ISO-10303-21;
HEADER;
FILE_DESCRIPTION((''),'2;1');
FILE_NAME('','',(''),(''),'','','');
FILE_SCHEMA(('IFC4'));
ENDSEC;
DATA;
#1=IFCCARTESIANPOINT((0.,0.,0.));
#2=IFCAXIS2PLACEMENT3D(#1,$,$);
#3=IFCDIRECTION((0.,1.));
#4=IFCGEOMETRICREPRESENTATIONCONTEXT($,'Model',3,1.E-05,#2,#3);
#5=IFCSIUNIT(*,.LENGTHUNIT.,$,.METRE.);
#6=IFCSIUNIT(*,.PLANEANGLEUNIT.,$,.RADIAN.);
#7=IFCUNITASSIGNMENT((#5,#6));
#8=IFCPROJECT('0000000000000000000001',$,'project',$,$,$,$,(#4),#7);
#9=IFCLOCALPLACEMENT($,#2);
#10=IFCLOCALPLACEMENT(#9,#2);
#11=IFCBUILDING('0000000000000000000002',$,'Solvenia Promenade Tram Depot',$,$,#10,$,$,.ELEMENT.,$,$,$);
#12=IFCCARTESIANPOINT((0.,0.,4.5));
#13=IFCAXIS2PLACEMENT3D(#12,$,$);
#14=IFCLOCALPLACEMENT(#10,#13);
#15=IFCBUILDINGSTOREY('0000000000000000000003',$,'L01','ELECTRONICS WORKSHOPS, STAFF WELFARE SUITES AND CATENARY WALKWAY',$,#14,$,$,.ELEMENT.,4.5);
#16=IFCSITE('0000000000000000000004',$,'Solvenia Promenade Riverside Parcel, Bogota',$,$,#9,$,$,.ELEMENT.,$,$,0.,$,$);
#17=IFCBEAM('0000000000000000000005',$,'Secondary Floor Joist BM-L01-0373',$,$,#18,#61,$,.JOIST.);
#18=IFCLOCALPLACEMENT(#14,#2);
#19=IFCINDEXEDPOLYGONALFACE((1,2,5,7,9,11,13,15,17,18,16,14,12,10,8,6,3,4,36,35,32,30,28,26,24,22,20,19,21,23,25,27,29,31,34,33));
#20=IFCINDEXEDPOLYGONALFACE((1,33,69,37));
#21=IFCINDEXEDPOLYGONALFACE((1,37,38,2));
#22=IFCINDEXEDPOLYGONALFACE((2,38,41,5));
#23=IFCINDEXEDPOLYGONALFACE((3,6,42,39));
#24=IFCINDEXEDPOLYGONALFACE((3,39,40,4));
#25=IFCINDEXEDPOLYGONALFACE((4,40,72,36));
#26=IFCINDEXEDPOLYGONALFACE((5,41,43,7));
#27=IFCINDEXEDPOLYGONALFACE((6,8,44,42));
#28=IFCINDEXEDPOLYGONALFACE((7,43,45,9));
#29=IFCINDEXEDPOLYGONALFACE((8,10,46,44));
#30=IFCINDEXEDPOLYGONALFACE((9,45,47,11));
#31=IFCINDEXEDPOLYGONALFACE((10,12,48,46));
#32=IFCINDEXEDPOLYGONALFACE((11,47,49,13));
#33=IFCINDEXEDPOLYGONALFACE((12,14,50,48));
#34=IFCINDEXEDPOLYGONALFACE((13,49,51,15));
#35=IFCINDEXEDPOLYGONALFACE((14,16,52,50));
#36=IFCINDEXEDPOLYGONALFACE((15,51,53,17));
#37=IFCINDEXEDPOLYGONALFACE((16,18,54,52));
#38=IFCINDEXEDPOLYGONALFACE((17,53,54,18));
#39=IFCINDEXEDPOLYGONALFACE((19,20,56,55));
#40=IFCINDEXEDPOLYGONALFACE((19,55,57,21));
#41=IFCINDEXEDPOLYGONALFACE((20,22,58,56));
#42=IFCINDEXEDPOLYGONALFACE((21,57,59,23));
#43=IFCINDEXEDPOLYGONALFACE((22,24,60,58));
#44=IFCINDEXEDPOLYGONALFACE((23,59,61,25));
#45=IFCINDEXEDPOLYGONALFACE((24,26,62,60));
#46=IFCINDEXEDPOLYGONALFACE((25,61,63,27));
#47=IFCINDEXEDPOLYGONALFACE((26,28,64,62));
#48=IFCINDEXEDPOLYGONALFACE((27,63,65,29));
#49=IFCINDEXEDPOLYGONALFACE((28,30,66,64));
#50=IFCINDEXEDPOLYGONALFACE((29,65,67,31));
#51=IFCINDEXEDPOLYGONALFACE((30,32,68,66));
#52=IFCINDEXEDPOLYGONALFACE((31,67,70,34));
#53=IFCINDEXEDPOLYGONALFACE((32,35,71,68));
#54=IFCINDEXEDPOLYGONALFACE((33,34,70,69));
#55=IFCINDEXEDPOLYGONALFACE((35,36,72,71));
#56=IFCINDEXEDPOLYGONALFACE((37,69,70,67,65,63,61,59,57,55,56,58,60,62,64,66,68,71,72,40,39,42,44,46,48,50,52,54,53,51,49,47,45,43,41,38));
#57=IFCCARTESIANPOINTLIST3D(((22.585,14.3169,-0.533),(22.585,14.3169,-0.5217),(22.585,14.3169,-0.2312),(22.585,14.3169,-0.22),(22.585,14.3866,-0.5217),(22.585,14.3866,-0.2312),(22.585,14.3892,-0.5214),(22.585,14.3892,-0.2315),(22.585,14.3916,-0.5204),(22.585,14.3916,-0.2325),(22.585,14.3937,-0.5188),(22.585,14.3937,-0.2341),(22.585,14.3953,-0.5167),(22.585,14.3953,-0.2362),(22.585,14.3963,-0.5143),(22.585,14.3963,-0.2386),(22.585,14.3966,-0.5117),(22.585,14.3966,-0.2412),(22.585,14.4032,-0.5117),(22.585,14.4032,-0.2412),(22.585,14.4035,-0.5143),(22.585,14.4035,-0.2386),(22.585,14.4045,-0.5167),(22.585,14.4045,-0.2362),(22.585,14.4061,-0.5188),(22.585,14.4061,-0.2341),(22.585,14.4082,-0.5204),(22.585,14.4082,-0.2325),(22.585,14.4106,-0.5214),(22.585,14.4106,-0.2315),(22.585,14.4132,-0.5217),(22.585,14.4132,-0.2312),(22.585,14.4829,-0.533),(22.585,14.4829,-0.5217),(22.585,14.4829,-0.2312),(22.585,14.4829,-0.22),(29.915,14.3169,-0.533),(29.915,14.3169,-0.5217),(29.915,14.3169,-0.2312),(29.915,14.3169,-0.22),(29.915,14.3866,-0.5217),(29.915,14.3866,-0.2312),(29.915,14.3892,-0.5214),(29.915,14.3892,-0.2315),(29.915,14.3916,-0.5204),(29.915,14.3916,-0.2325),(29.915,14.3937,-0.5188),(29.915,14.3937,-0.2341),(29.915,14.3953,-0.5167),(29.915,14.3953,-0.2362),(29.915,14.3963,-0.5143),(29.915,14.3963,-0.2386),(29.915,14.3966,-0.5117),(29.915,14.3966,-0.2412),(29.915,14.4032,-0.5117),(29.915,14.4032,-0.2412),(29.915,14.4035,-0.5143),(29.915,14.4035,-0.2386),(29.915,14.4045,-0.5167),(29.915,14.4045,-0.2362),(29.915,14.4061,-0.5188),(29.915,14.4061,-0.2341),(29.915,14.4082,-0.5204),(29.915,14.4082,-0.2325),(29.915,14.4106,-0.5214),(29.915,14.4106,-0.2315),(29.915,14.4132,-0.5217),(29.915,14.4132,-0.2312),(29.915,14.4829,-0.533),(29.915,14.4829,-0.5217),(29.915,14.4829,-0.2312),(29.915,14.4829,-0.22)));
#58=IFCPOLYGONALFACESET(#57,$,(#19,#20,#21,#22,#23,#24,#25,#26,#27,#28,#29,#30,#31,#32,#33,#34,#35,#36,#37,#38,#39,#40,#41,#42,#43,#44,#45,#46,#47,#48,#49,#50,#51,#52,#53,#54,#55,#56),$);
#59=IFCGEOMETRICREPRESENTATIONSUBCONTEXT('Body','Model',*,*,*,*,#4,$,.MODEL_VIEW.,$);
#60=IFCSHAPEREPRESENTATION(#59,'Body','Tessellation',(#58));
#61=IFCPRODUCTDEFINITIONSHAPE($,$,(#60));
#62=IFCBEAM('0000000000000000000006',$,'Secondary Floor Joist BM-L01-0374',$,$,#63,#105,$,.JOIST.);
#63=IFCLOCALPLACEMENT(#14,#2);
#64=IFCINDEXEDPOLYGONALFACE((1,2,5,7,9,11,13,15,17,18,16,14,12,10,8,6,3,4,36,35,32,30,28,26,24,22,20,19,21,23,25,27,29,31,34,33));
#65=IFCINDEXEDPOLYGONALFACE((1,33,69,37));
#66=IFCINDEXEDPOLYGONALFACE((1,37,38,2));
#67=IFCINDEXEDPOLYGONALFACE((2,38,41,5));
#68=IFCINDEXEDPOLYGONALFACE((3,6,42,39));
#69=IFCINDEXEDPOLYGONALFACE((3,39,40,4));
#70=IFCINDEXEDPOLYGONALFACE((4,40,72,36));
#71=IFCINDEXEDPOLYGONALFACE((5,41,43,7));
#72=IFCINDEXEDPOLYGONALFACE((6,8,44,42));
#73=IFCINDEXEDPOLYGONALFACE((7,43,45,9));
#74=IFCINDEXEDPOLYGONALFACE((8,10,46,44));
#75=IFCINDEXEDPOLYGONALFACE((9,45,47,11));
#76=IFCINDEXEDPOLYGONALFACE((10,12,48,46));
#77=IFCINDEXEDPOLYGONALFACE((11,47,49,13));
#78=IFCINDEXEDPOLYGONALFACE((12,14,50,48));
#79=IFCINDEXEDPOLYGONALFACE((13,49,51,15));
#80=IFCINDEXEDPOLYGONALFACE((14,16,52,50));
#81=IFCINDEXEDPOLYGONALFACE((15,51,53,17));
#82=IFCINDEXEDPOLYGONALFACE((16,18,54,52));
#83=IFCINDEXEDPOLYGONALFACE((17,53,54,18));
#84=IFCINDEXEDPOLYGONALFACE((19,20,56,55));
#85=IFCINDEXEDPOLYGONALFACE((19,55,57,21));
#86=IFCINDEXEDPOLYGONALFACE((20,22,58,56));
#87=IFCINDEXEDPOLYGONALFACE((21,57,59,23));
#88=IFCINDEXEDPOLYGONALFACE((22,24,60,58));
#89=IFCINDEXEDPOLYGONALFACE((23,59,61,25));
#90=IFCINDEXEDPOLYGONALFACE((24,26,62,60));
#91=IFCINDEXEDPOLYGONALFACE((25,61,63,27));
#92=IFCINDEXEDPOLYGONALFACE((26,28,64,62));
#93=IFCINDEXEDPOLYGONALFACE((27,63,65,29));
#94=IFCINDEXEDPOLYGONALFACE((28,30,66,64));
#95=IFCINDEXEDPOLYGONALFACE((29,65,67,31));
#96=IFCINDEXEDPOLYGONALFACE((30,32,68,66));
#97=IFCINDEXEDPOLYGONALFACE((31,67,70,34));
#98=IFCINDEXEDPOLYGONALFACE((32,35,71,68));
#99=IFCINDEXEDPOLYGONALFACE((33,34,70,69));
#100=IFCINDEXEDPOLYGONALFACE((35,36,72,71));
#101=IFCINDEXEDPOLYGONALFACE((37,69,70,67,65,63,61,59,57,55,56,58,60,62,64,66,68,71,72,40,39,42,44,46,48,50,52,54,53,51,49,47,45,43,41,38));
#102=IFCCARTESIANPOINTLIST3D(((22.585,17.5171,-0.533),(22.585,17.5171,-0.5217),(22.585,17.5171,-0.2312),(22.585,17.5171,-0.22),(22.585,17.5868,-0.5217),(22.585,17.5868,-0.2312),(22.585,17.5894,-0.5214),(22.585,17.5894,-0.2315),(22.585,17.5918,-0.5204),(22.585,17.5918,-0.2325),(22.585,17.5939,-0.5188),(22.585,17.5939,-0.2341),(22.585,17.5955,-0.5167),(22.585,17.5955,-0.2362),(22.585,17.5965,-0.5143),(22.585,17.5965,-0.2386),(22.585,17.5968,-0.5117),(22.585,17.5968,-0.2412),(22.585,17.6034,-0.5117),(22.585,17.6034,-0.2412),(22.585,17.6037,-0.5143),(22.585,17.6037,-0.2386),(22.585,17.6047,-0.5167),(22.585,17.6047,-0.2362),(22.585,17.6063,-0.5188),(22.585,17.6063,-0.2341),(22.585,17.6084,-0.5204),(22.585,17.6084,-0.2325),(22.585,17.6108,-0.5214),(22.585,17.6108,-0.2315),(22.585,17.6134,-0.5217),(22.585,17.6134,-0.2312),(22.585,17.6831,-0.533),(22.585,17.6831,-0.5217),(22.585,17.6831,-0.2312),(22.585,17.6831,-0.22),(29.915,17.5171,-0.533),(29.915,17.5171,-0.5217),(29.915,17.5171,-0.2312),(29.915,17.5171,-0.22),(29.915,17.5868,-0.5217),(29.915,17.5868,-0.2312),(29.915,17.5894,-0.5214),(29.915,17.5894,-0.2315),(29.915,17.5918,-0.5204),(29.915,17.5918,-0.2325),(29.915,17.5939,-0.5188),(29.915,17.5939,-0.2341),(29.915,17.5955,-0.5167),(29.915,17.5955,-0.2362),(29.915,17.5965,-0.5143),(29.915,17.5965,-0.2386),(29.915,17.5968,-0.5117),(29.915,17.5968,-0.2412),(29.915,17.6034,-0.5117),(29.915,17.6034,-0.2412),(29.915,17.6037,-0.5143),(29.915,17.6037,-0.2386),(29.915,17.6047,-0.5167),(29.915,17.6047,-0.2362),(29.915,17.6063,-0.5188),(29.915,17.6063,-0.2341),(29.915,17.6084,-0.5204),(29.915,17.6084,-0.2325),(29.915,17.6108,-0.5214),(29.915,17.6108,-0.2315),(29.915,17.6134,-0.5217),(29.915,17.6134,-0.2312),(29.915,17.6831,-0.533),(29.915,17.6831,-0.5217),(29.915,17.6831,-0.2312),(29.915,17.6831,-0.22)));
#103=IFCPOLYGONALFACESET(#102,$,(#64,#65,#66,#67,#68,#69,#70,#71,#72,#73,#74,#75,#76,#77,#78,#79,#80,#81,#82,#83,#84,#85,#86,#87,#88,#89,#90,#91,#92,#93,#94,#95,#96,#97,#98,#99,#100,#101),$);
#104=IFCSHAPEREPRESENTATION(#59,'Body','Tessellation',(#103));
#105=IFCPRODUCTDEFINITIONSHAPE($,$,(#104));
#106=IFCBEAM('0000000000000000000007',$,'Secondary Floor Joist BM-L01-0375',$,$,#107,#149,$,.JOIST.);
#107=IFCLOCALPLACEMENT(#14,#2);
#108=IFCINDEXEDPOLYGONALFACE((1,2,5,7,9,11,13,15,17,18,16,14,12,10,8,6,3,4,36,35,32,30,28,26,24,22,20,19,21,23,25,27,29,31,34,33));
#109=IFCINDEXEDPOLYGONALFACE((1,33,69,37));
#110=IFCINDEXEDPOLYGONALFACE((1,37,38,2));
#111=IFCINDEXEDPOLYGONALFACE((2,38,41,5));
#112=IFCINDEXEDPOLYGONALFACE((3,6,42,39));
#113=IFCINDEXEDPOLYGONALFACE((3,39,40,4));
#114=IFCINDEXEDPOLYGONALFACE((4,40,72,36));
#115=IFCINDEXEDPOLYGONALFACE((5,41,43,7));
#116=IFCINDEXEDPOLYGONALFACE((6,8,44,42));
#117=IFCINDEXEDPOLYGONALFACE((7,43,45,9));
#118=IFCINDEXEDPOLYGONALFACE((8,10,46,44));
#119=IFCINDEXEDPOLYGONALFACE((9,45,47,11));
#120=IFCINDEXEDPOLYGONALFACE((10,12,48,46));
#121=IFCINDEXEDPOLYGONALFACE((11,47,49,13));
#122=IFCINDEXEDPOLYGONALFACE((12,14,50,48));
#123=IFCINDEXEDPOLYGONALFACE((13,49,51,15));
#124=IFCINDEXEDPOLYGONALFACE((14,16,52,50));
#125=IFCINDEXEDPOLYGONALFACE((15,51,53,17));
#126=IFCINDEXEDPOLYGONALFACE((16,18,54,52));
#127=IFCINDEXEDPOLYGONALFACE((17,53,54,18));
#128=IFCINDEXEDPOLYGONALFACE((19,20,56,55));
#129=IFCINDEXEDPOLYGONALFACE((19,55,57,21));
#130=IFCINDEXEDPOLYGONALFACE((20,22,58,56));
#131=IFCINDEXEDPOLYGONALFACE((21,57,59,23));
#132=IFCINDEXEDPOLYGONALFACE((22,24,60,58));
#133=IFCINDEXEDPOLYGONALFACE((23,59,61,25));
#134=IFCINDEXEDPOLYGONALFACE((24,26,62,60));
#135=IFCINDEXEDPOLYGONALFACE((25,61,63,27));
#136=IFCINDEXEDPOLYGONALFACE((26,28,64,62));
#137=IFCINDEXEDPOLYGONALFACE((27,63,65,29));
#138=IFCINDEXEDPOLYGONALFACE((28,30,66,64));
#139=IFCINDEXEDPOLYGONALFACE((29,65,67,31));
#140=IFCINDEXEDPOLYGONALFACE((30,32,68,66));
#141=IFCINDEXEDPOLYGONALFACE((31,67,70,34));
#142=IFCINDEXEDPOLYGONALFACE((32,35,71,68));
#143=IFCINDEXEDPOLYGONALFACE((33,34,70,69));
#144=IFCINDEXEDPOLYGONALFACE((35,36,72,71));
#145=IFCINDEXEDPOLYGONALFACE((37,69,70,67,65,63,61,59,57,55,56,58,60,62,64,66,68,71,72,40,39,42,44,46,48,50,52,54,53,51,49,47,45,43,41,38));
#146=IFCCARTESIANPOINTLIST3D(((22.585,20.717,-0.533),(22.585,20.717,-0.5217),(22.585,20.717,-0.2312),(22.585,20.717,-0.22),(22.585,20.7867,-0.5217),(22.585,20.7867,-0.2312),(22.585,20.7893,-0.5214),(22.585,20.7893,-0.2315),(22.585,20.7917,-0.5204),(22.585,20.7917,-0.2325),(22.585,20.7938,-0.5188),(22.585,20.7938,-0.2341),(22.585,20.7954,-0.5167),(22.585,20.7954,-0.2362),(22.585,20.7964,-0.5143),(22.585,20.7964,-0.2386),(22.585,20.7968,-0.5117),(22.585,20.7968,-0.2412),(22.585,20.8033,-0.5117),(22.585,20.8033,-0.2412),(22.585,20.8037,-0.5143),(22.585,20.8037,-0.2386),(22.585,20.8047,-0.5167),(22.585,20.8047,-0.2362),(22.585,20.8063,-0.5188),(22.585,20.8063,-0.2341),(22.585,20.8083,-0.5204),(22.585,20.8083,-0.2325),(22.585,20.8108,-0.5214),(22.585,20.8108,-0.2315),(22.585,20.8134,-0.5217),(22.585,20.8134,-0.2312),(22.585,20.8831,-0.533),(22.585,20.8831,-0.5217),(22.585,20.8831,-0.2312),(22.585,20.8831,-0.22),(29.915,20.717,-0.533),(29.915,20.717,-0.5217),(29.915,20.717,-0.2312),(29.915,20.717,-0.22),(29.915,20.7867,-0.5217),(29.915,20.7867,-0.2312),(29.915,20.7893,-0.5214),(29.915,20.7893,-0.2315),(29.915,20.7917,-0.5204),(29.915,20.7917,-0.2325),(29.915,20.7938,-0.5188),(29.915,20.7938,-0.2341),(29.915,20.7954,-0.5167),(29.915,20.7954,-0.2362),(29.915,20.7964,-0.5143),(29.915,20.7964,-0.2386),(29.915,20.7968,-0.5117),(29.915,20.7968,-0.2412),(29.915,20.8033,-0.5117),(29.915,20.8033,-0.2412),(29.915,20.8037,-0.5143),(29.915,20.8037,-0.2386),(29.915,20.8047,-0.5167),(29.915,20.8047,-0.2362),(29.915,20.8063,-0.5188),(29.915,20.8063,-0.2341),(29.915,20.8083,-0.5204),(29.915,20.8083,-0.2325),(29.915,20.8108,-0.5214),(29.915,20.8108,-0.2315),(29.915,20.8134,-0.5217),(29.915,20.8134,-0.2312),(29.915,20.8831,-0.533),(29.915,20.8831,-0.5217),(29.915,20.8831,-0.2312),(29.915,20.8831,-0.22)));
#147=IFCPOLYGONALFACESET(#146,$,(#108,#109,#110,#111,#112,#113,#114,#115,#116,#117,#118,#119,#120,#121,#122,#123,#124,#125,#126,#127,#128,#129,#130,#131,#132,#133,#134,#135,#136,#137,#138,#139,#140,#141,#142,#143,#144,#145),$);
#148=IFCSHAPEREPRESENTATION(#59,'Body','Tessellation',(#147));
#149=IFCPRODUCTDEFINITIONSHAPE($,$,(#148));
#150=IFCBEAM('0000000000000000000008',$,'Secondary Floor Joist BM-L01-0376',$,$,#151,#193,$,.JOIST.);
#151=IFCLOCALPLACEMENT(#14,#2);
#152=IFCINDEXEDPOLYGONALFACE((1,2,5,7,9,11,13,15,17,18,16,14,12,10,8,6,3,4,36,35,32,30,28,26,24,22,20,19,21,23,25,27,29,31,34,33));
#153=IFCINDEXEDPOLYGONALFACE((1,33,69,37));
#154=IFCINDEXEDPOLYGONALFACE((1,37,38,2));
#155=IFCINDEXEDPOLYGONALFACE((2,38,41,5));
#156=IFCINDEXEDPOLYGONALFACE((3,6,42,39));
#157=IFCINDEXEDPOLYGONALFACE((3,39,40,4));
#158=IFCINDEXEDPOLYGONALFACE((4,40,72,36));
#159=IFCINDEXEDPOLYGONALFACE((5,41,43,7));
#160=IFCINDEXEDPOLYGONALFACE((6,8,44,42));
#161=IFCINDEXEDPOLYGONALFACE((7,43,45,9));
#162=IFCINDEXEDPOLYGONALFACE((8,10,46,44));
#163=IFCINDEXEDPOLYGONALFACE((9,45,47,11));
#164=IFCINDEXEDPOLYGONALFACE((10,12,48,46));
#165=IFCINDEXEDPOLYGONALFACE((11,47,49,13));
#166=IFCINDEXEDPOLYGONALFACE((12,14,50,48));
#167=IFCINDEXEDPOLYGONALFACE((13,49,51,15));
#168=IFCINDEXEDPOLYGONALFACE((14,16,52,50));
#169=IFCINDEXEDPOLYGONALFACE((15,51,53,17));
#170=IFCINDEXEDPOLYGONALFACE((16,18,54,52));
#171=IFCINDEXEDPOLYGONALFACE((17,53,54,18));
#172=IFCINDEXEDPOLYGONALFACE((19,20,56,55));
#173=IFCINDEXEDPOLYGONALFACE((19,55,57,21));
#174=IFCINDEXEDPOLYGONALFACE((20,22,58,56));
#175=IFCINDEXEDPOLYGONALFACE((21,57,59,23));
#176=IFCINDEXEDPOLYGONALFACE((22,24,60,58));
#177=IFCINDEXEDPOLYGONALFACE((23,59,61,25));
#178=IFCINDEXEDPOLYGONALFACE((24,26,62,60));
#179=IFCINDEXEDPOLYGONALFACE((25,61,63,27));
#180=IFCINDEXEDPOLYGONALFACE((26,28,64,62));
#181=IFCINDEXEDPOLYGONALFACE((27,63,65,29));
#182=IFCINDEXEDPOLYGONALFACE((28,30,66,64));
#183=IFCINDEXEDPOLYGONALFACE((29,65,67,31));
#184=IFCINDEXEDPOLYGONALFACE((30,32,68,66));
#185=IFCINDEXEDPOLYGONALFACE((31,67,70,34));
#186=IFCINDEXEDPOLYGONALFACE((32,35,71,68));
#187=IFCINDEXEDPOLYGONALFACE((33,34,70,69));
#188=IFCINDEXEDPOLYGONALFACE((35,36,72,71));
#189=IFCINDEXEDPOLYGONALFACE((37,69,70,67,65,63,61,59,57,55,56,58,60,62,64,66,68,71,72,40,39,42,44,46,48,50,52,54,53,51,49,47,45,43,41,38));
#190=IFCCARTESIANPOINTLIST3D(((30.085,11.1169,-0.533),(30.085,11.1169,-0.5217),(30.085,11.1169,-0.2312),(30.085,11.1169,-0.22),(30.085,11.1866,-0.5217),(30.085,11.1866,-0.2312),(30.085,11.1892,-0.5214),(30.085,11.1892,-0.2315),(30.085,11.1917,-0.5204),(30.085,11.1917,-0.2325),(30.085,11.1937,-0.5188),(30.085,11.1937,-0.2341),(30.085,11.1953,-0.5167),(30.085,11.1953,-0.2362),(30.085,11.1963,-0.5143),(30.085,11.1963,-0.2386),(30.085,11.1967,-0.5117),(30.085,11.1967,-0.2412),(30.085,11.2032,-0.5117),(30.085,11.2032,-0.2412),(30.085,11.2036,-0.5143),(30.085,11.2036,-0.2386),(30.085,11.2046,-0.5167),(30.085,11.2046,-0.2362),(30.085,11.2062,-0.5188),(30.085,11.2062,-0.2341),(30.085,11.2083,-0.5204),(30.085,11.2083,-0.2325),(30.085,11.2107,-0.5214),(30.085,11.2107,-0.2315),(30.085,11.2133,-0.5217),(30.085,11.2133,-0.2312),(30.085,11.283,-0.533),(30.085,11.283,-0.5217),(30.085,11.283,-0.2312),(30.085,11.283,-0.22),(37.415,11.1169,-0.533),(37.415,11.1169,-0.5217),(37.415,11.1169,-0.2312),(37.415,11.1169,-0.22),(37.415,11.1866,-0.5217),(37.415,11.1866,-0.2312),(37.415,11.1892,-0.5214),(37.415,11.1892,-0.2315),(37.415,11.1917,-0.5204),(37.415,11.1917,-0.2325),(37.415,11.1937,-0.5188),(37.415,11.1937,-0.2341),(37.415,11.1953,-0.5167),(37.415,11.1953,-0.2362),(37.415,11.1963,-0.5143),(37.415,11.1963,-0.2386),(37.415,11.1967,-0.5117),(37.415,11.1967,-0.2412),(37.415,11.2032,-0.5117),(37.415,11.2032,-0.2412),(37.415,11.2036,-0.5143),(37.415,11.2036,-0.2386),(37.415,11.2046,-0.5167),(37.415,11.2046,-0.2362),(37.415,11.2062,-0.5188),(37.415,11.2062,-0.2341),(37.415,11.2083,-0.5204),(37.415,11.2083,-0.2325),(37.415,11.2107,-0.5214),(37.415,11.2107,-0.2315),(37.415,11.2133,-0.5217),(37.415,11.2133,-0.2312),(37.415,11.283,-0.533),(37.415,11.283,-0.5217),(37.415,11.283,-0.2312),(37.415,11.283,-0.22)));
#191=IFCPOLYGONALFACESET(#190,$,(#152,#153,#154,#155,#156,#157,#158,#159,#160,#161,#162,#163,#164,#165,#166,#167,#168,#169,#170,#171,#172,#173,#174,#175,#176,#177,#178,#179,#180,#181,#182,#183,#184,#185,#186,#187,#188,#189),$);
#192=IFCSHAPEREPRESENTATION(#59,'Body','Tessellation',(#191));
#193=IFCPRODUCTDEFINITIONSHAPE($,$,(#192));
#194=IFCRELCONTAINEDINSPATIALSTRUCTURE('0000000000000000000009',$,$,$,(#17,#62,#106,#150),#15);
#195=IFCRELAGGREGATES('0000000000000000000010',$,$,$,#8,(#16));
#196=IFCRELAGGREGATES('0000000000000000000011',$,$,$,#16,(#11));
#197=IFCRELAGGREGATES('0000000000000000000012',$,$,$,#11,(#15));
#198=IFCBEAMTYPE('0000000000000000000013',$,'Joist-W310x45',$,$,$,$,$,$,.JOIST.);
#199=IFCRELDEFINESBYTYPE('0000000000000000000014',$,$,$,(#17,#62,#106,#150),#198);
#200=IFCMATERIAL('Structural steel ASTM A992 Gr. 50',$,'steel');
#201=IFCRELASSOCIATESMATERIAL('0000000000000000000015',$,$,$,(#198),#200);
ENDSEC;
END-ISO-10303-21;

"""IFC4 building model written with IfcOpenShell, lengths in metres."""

from ifc_helpers import new_model, si_unit, direction, frame, origin, origin_2d, place, context, subcontext, project, spatial, i_section, extrude, material, material_profile, profile_set, type_object, element, save


model = new_model("IFC4")

# Units and contexts
model_context = context("Model", 3, precision=1e-05, world=origin(), true_north=direction((0.0, 1.0)))
body_context = subcontext(model_context, "Body", "Model", "MODEL_VIEW")
ifc_project = project(units=[si_unit("LENGTHUNIT", "METRE"), si_unit("PLANEANGLEUNIT", "RADIAN")], contexts=[model_context])

# Site, building, storey
site_placement = place(None, origin())
site = spatial("IfcSite", under=ifc_project, at=site_placement, Name="Solvenia Promenade Riverside Parcel, Bogota", CompositionType="ELEMENT", RefElevation=0.0)
building_placement = place(site_placement, origin())
building = spatial("IfcBuilding", under=site, at=building_placement, Name="Solvenia Promenade Tram Depot", CompositionType="ELEMENT")
storey_placement = place(building_placement, frame((0.0, 0.0, 4.5)))
storey = spatial("IfcBuildingStorey", under=building, at=storey_placement, Name="L01", Description="ELECTRONICS WORKSHOPS, STAFF WELFARE SUITES AND CATENARY WALKWAY", CompositionType="ELEMENT", Elevation=4.5)

# Shared definitions
ifc_material_1 = material(Name="Structural steel ASTM A992 Gr. 50", Category="steel")

# Beams
ifc_material_profile_1 = material_profile(ifc_material_1, i_section(OverallWidth=0.166, OverallDepth=0.313, WebThickness=0.0066, FlangeThickness=0.0112, FilletRadius=0.01, at=origin_2d()), Name="W310x45", Category="steel")
ifc_profile_set_1 = profile_set([ifc_material_profile_1], Name="Structural steel ASTM A992 Gr. 50")
beam_type_1 = type_object("IfcBeamType", Name="Joist-W310x45", PredefinedType="JOIST", material=ifc_profile_set_1)
for number, where, z_axis, x_axis, name in (
    (1, (22.585, 14.3999, -0.3765), (1.0, 0.0, 0.0), (0.0, 1.0, 0.0), "Secondary Floor Joist BM-L01-0373"),
    (2, (22.585, 17.6001, -0.3765), (1.0, 0.0, 0.0), (0.0, 1.0, 0.0), "Secondary Floor Joist BM-L01-0374"),
    (3, (22.585, 20.8, -0.3765), (1.0, 0.0, 0.0), (0.0, 1.0, 0.0), "Secondary Floor Joist BM-L01-0375"),
    (4, (30.085, 11.2, -0.3765), (1.0, 0.0, 0.0), (0.0, 1.0, 0.0), "Secondary Floor Joist BM-L01-0376"),
):
    element("IfcBeam", number, at=place(storey_placement, frame(where, z_axis=z_axis, x_axis=x_axis)), inside=storey, type_object=beam_type_1, Name=name, PredefinedType="JOIST", context=body_context, shape_type="SweptSolid", body=[
        extrude(i_section(OverallWidth=0.166, OverallDepth=0.313, WebThickness=0.0066, FlangeThickness=0.0112, FilletRadius=0.01, at=origin_2d()), origin(), (0.0, 0.0, 1.0), 7.3301),
    ])

save(model, "model.ifc")
